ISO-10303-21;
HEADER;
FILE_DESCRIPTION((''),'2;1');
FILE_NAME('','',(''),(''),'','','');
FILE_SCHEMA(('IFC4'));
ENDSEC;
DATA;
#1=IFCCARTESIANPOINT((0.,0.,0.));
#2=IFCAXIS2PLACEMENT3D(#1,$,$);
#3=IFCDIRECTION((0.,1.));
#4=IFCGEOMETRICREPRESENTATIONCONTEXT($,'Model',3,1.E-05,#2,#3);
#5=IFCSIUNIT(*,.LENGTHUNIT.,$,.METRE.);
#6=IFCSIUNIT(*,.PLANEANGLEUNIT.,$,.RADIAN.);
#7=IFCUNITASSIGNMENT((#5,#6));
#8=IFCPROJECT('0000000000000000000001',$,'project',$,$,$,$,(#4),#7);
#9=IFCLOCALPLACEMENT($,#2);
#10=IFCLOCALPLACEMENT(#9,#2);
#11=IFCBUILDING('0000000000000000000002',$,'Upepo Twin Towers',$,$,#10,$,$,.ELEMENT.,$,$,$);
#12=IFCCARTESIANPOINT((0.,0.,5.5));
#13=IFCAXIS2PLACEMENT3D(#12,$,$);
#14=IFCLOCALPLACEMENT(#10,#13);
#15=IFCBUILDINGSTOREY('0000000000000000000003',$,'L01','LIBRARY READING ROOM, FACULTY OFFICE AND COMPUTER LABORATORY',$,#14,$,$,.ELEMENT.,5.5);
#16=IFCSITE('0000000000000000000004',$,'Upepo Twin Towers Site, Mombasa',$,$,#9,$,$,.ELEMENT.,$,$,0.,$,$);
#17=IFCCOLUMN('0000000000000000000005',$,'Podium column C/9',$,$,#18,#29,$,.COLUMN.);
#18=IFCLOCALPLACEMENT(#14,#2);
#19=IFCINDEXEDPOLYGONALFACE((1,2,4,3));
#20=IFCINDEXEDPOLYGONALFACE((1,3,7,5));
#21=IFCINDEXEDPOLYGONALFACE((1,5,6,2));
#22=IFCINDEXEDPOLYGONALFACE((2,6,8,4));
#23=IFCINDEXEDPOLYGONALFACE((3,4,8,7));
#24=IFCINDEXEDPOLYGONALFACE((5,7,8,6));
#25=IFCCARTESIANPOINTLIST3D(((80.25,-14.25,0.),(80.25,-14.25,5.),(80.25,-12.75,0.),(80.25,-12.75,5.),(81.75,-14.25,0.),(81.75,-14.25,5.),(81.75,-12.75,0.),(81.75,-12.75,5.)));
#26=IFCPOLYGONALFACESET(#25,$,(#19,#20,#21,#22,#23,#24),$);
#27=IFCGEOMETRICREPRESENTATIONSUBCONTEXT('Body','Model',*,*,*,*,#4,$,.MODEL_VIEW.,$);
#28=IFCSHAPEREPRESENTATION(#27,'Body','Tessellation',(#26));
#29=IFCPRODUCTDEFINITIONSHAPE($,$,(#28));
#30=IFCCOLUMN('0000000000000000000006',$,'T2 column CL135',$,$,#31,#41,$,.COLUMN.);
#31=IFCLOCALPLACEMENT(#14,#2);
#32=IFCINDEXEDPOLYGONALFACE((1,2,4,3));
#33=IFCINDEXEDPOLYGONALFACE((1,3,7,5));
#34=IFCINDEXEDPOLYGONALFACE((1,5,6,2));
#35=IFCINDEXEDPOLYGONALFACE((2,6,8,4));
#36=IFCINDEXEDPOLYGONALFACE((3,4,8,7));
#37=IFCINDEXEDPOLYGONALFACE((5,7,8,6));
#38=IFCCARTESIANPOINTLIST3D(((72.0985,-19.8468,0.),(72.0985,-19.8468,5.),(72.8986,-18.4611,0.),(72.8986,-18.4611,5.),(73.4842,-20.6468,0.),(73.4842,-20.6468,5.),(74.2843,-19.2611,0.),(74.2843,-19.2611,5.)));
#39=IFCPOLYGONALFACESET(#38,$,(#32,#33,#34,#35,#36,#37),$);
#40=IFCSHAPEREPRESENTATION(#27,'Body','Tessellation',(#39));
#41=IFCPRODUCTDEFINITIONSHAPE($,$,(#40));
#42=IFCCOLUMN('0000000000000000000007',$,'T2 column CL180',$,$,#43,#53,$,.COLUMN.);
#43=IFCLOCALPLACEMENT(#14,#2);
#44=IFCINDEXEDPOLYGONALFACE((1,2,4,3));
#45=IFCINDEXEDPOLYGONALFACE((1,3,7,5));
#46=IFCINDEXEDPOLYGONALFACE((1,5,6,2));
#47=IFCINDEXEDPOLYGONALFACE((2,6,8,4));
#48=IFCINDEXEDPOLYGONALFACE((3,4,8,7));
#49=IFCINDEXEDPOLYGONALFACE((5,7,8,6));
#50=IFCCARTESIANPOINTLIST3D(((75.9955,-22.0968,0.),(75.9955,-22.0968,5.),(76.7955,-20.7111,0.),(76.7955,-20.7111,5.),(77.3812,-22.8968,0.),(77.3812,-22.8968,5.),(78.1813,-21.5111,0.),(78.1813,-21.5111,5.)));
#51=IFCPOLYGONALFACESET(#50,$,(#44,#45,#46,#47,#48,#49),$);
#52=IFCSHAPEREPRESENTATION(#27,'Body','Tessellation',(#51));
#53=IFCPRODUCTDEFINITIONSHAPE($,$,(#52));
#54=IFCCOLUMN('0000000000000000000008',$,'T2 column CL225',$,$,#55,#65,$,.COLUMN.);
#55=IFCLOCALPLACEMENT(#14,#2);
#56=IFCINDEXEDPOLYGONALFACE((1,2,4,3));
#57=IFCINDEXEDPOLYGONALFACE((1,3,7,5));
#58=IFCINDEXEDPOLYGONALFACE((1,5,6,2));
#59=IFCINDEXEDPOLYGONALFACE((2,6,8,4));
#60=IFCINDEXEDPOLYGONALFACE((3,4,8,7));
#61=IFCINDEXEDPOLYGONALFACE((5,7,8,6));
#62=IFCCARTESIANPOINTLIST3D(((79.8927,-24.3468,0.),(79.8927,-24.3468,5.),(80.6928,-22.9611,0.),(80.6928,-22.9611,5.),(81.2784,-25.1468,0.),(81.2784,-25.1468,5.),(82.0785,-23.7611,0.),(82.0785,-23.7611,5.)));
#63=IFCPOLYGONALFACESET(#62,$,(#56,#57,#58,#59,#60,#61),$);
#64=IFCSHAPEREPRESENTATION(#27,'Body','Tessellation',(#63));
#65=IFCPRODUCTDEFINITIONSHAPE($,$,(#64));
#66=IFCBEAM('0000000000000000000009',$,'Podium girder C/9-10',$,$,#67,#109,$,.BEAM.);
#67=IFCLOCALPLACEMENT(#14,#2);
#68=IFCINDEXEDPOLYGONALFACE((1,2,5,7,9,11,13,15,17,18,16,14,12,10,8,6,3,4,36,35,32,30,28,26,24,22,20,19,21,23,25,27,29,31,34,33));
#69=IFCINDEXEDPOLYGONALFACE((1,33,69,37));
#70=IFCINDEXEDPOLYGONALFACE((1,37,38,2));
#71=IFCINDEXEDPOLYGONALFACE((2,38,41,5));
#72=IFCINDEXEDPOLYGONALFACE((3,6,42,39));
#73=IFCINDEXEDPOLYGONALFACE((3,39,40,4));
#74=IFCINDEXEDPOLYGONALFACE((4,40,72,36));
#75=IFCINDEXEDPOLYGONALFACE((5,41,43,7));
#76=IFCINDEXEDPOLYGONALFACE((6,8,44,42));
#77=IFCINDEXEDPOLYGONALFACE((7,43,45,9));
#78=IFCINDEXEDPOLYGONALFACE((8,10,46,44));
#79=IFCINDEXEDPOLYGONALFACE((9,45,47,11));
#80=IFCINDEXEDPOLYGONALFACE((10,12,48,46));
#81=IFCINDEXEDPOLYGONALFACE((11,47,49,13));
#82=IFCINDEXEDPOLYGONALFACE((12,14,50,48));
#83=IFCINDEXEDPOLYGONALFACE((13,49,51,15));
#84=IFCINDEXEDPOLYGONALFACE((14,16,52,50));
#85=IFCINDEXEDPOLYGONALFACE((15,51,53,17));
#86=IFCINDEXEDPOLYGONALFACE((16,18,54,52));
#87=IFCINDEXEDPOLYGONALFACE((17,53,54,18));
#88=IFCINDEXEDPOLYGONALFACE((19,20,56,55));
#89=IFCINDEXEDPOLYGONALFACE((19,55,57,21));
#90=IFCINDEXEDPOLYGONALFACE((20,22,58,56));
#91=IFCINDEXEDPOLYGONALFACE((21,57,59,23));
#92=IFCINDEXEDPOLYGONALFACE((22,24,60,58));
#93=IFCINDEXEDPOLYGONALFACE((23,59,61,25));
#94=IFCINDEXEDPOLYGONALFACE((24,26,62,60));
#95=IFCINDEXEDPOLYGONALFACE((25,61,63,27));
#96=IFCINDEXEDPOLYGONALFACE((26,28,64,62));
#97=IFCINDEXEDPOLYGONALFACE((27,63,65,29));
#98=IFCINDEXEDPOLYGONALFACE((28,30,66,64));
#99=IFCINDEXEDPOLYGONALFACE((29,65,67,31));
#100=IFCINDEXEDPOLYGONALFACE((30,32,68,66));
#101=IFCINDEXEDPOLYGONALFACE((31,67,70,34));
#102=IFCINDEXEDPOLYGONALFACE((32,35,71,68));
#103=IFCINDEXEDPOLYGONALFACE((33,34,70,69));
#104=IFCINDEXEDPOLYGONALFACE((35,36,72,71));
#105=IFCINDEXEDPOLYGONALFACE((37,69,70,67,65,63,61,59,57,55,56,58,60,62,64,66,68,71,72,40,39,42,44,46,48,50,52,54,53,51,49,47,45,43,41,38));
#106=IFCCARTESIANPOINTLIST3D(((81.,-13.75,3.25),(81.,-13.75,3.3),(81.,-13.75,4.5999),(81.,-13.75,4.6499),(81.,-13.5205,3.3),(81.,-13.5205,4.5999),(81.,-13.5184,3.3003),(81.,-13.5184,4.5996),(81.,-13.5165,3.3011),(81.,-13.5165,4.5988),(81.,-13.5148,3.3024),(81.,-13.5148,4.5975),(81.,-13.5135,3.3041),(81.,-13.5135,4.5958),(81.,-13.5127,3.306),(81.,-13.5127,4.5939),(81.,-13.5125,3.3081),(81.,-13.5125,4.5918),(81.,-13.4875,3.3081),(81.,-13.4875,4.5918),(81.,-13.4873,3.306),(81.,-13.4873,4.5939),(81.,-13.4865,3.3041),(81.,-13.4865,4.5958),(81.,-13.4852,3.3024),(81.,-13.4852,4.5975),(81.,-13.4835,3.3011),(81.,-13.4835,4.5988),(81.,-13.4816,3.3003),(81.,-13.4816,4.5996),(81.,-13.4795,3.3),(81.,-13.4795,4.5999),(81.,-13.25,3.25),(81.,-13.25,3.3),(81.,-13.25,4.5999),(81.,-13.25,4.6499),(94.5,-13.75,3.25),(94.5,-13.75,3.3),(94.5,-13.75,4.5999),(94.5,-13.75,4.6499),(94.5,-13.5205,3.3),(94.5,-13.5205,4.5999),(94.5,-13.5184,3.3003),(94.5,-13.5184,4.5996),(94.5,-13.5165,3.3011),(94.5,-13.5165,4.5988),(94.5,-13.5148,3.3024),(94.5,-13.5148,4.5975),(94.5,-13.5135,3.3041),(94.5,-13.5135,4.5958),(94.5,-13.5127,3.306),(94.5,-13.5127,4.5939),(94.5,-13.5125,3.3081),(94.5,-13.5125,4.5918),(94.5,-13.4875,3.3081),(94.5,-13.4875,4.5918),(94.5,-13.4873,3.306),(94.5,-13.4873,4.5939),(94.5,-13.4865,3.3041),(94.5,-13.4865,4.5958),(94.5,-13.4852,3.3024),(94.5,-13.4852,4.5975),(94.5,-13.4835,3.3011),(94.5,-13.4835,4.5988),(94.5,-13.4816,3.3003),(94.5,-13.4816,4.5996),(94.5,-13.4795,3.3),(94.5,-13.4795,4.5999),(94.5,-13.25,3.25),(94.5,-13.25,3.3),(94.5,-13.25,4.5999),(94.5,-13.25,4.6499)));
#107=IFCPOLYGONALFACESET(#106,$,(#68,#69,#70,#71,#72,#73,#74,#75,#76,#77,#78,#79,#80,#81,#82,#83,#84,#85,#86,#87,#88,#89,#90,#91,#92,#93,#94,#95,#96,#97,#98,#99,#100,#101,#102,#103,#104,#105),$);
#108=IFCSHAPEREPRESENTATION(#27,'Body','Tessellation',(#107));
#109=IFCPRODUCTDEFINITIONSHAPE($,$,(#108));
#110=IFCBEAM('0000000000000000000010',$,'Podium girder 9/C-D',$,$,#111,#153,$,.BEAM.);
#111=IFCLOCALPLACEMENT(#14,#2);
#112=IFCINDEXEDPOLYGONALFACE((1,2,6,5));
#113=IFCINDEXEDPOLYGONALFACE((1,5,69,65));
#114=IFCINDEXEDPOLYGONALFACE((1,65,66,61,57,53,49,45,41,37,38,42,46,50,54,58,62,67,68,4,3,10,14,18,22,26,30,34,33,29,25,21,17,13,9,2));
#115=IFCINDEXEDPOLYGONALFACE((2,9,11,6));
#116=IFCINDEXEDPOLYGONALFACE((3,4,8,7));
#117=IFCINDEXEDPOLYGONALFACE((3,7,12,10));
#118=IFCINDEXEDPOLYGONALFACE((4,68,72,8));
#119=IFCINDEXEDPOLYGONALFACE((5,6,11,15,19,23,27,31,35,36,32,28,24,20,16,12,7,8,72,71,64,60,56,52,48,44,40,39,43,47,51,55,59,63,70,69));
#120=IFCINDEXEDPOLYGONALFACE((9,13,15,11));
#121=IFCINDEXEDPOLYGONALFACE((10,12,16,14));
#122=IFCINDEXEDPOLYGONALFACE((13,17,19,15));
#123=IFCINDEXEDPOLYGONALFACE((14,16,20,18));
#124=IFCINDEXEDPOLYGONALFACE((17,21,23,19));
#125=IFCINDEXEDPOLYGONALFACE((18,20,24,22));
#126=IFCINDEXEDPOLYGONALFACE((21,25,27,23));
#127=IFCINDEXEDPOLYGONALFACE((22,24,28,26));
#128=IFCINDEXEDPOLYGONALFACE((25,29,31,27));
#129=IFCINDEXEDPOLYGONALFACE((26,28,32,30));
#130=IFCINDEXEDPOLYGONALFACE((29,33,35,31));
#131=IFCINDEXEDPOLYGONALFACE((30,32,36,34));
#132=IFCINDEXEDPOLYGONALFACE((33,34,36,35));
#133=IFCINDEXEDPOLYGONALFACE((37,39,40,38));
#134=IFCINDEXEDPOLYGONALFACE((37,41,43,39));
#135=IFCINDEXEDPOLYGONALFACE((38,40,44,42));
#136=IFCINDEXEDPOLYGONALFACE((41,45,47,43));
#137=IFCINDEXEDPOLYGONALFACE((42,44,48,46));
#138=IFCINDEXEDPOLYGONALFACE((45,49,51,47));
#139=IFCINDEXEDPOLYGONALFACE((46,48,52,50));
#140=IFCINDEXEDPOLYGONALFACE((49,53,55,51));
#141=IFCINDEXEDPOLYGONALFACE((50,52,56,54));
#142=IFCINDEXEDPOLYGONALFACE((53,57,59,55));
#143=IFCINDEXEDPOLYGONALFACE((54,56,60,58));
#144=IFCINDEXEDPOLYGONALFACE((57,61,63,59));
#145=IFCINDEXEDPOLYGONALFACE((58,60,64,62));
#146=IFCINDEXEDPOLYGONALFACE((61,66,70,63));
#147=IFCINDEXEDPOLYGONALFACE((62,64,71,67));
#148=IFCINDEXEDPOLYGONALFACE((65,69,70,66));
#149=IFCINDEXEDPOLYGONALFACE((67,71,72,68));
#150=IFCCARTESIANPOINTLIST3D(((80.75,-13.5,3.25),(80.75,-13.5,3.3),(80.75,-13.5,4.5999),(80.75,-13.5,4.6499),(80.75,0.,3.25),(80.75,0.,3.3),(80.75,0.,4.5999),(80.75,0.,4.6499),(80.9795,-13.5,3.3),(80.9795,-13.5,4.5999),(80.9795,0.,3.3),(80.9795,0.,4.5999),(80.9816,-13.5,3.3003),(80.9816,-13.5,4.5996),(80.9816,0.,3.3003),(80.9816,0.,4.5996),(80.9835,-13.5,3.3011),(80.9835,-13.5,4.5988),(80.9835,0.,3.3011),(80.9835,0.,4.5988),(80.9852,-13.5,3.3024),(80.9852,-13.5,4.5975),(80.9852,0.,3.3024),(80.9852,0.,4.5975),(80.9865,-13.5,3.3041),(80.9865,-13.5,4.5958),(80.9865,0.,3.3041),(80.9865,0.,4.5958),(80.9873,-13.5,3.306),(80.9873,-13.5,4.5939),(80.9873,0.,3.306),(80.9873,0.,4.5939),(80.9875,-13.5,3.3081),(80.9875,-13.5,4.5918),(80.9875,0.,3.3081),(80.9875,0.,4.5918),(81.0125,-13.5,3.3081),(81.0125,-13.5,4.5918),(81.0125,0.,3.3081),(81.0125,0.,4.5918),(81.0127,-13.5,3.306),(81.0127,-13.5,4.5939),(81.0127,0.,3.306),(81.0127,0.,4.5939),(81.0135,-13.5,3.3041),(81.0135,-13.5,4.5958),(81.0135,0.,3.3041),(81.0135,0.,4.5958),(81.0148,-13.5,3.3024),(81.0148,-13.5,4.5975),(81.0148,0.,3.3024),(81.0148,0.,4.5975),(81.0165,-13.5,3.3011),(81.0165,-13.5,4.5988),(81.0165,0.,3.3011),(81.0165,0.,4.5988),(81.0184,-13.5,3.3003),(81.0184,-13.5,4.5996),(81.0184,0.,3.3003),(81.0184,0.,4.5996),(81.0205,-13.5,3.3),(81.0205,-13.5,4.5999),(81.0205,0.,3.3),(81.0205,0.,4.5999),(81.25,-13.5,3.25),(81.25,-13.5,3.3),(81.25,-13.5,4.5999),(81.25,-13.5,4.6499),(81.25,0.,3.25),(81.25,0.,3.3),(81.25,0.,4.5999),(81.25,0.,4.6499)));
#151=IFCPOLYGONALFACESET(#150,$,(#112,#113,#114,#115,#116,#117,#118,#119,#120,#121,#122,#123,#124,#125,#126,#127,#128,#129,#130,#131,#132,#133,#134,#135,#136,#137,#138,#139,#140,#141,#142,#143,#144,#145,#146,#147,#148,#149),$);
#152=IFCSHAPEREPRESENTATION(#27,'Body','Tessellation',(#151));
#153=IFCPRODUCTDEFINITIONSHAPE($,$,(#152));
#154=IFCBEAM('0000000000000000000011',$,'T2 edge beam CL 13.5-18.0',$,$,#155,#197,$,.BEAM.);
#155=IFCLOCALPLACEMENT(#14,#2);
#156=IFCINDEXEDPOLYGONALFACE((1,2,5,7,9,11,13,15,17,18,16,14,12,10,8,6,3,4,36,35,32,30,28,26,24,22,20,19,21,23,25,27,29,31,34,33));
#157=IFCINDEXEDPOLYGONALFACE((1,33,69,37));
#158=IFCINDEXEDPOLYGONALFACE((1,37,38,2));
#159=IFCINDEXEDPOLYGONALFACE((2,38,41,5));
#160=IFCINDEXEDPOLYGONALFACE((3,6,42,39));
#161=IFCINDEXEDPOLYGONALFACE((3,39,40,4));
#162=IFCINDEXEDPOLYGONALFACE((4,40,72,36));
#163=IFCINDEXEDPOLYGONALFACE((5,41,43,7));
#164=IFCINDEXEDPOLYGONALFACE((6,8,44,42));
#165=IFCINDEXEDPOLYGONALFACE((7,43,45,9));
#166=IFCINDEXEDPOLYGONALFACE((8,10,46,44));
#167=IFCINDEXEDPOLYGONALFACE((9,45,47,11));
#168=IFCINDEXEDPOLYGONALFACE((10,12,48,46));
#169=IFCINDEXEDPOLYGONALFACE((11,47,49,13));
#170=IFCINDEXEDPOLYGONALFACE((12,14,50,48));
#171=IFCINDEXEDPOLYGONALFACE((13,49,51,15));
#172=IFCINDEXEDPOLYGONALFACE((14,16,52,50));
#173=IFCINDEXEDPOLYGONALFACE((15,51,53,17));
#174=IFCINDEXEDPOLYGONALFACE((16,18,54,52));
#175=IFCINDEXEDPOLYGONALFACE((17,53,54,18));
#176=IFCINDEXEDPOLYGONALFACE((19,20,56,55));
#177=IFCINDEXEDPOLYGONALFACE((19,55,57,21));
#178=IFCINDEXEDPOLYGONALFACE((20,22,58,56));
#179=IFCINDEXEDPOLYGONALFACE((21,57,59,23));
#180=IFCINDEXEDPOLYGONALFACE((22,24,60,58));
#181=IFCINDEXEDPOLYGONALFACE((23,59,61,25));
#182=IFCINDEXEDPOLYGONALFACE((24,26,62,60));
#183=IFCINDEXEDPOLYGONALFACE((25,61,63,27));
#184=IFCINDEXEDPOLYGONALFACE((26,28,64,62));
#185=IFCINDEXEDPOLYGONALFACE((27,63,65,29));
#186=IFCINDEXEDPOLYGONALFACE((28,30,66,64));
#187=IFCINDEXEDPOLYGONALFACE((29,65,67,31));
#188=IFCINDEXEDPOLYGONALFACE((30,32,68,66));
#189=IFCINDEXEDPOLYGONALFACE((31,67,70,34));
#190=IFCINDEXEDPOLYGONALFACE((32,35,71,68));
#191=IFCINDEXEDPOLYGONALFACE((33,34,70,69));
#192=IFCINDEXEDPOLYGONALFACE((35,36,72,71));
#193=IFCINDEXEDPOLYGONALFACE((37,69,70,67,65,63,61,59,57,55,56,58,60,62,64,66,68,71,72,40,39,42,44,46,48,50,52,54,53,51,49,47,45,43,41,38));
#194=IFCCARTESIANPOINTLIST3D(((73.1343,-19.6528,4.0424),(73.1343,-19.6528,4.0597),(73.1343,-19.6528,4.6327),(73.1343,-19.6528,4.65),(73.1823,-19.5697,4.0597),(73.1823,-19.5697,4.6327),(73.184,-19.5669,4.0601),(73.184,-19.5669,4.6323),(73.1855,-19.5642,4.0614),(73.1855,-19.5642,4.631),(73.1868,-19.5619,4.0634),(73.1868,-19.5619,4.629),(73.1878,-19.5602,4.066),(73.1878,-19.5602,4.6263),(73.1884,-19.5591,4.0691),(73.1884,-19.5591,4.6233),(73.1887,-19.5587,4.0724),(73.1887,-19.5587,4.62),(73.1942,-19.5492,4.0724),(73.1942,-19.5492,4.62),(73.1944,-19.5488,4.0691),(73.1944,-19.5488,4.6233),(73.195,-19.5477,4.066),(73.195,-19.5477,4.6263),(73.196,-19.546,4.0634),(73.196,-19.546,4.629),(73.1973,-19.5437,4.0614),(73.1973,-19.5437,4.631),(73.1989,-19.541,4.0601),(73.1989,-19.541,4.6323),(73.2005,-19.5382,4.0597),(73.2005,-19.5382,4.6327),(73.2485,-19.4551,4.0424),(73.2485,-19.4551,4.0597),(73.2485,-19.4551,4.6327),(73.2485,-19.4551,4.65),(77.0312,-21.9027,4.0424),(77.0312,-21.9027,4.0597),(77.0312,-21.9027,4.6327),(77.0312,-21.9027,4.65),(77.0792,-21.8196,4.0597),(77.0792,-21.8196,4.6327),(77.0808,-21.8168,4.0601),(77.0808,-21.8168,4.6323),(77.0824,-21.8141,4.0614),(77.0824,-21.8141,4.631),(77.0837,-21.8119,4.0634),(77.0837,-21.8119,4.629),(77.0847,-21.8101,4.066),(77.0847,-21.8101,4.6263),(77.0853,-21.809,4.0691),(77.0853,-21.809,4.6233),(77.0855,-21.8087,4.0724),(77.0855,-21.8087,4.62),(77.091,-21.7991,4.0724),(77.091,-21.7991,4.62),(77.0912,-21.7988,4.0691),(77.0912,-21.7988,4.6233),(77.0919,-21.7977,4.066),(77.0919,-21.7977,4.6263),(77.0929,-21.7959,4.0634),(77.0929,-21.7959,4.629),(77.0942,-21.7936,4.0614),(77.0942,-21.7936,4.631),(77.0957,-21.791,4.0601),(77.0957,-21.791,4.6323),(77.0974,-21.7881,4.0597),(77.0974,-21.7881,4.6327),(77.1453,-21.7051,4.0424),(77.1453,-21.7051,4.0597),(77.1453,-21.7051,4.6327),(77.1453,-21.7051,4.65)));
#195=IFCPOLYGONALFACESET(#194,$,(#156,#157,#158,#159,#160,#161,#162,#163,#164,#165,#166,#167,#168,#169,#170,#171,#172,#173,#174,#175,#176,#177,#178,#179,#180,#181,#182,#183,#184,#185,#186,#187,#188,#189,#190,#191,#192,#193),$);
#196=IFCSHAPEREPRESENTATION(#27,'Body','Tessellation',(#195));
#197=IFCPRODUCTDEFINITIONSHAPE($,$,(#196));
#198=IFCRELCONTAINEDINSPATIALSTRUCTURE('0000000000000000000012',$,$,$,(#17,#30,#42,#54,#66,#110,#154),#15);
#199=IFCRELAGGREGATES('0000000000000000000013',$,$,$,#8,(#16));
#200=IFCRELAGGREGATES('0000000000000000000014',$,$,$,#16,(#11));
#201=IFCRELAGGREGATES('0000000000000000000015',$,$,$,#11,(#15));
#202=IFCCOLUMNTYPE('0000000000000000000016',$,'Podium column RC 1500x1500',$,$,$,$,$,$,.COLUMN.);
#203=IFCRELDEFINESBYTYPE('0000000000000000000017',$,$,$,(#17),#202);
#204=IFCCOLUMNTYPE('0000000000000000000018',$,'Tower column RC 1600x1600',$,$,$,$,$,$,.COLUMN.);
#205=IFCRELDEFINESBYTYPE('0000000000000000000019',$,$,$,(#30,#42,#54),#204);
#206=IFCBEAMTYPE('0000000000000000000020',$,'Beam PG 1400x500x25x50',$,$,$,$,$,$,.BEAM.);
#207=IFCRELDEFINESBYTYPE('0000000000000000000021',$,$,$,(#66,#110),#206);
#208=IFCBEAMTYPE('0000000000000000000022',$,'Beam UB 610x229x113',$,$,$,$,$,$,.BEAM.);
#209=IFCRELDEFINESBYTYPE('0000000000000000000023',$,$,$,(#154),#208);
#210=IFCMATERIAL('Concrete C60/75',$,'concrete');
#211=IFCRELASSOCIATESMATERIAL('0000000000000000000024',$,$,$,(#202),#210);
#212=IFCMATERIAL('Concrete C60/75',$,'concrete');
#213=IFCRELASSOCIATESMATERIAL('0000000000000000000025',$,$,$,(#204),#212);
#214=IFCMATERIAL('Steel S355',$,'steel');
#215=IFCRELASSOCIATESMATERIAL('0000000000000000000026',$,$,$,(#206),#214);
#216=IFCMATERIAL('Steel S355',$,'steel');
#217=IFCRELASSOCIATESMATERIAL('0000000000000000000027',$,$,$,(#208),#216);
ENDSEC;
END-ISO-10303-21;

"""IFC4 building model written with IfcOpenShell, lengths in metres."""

from ifc_helpers import new_model, si_unit, direction, frame, origin, origin_2d, place, context, subcontext, project, spatial, rectangle, i_section, extrude, material, material_profile, profile_set, type_object, element, save


model = new_model("IFC4")

# Units and contexts
model_context = context("Model", 3, precision=1e-05, world=origin(), true_north=direction((0.0, 1.0)))
body_context = subcontext(model_context, "Body", "Model", "MODEL_VIEW")
ifc_project = project(units=[si_unit("LENGTHUNIT", "METRE"), si_unit("PLANEANGLEUNIT", "RADIAN")], contexts=[model_context])

# Site, building, storey
site_placement = place(None, origin())
site = spatial("IfcSite", under=ifc_project, at=site_placement, Name="Upepo Twin Towers Site, Mombasa", CompositionType="ELEMENT", RefElevation=0.0)
building_placement = place(site_placement, origin())
building = spatial("IfcBuilding", under=site, at=building_placement, Name="Upepo Twin Towers", CompositionType="ELEMENT")
storey_placement = place(building_placement, frame((0.0, 0.0, 5.5)))
storey = spatial("IfcBuildingStorey", under=building, at=storey_placement, Name="L01", Description="LIBRARY READING ROOM, FACULTY OFFICE AND COMPUTER LABORATORY", CompositionType="ELEMENT", Elevation=5.5)

# Columns
ifc_material_1 = material(Name="Concrete C60/75", Category="concrete")
ifc_material_profile_1 = material_profile(ifc_material_1, rectangle(XDim=1.5, YDim=1.5, at=origin_2d()), Name="RC 1500x1500")
ifc_profile_set_1 = profile_set([ifc_material_profile_1], Name="Concrete C60/75")
column_type_1 = type_object("IfcColumnType", Name="Podium column RC 1500x1500", PredefinedType="COLUMN", material=ifc_profile_set_1)
column_placement = place(storey_placement, frame((81.0, -13.5, 0.0), z_axis=(0.0, 0.0, 1.0), x_axis=(1.0, 0.0, 0.0)))
element("IfcColumn", 1, at=column_placement, inside=storey, type_object=column_type_1, Name="Podium column C/9", PredefinedType="COLUMN", context=body_context, shape_type="SweptSolid", body=[
    extrude(rectangle(XDim=1.5, YDim=1.5, at=origin_2d()), origin(), (0.0, 0.0, 1.0), 5.0),
])
ifc_material_2 = material(Name="Concrete C60/75", Category="concrete")
ifc_material_profile_2 = material_profile(ifc_material_2, rectangle(XDim=1.6001, YDim=1.6001, at=origin_2d()), Name="RC 1600x1600")
ifc_profile_set_2 = profile_set([ifc_material_profile_2], Name="Concrete C60/75")
column_type_2 = type_object("IfcColumnType", Name="Tower column RC 1600x1600", PredefinedType="COLUMN", material=ifc_profile_set_2)
for number, where, z_axis, x_axis, name in (
    (2, (73.1914, -19.554, 0.0), (0.0, 0.0, 1.0), (0.5, 0.866025, 0.0), "T2 column CL135"),
    (3, (77.0884, -21.804, 0.0), (0.0, 0.0, 1.0), (0.5, 0.866025, 0.0), "T2 column CL180"),
    (4, (80.9856, -24.054, 0.0), (0.0, 0.0, 1.0), (0.5, 0.866025, 0.0), "T2 column CL225"),
):
    element("IfcColumn", number, at=place(storey_placement, frame(where, z_axis=z_axis, x_axis=x_axis)), inside=storey, type_object=column_type_2, Name=name, PredefinedType="COLUMN", context=body_context, shape_type="SweptSolid", body=[
        extrude(rectangle(XDim=1.6001, YDim=1.6001, at=origin_2d()), origin(), (0.0, 0.0, 1.0), 5.0),
    ])

# Beams
ifc_material_3 = material(Name="Steel S355", Category="steel")
ifc_material_profile_3 = material_profile(ifc_material_3, i_section(OverallWidth=0.5, OverallDepth=1.3999, WebThickness=0.0249, FlangeThickness=0.05, FilletRadius=0.0081, at=origin_2d()), Name="PG 1400x500x25x50")
ifc_profile_set_3 = profile_set([ifc_material_profile_3], Name="Steel S355")
beam_type_1 = type_object("IfcBeamType", Name="Beam PG 1400x500x25x50", PredefinedType="BEAM", material=ifc_profile_set_3)
for number, where, z_axis, x_axis, name in (
    (5, (81.0, -13.5, 3.95), (1.0, 0.0, 0.0), (0.0, 1.0, 0.0), "Podium girder C/9-10"),
    (6, (81.0, -13.5, 3.95), (0.0, 1.0, 0.0), (-1.0, 0.0, 0.0), "Podium girder 9/C-D"),
):
    element("IfcBeam", number, at=place(storey_placement, frame(where, z_axis=z_axis, x_axis=x_axis)), inside=storey, type_object=beam_type_1, Name=name, PredefinedType="BEAM", context=body_context, shape_type="SweptSolid", body=[
        extrude(i_section(OverallWidth=0.5, OverallDepth=1.3999, WebThickness=0.0249, FlangeThickness=0.05, FilletRadius=0.0081, at=origin_2d()), origin(), (0.0, 0.0, 1.0), 13.5),
    ])
ifc_material_4 = material(Name="Steel S355", Category="steel")
ifc_material_profile_4 = material_profile(ifc_material_4, i_section(OverallWidth=0.2283, OverallDepth=0.6077, WebThickness=0.011, FlangeThickness=0.0173, FilletRadius=0.0127, at=origin_2d()), Name="UB 610x229x113")
ifc_profile_set_4 = profile_set([ifc_material_profile_4], Name="Steel S355")
beam_type_2 = type_object("IfcBeamType", Name="Beam UB 610x229x113", PredefinedType="BEAM", material=ifc_profile_set_4)
beam_1_placement = place(storey_placement, frame((73.1914, -19.554, 4.3462), z_axis=(0.866018, -0.500014, 0.0), x_axis=(0.500014, 0.866018, 0.0)))
element("IfcBeam", 7, at=beam_1_placement, inside=storey, type_object=beam_type_2, Name="T2 edge beam CL 13.5-18.0", PredefinedType="BEAM", context=body_context, shape_type="SweptSolid", body=[
    extrude(i_section(OverallWidth=0.2283, OverallDepth=0.6077, WebThickness=0.011, FlangeThickness=0.0173, FilletRadius=0.0127, at=origin_2d()), origin(), (0.0, 0.0, 1.0), 4.4998),
])

save(model, "model.ifc")
